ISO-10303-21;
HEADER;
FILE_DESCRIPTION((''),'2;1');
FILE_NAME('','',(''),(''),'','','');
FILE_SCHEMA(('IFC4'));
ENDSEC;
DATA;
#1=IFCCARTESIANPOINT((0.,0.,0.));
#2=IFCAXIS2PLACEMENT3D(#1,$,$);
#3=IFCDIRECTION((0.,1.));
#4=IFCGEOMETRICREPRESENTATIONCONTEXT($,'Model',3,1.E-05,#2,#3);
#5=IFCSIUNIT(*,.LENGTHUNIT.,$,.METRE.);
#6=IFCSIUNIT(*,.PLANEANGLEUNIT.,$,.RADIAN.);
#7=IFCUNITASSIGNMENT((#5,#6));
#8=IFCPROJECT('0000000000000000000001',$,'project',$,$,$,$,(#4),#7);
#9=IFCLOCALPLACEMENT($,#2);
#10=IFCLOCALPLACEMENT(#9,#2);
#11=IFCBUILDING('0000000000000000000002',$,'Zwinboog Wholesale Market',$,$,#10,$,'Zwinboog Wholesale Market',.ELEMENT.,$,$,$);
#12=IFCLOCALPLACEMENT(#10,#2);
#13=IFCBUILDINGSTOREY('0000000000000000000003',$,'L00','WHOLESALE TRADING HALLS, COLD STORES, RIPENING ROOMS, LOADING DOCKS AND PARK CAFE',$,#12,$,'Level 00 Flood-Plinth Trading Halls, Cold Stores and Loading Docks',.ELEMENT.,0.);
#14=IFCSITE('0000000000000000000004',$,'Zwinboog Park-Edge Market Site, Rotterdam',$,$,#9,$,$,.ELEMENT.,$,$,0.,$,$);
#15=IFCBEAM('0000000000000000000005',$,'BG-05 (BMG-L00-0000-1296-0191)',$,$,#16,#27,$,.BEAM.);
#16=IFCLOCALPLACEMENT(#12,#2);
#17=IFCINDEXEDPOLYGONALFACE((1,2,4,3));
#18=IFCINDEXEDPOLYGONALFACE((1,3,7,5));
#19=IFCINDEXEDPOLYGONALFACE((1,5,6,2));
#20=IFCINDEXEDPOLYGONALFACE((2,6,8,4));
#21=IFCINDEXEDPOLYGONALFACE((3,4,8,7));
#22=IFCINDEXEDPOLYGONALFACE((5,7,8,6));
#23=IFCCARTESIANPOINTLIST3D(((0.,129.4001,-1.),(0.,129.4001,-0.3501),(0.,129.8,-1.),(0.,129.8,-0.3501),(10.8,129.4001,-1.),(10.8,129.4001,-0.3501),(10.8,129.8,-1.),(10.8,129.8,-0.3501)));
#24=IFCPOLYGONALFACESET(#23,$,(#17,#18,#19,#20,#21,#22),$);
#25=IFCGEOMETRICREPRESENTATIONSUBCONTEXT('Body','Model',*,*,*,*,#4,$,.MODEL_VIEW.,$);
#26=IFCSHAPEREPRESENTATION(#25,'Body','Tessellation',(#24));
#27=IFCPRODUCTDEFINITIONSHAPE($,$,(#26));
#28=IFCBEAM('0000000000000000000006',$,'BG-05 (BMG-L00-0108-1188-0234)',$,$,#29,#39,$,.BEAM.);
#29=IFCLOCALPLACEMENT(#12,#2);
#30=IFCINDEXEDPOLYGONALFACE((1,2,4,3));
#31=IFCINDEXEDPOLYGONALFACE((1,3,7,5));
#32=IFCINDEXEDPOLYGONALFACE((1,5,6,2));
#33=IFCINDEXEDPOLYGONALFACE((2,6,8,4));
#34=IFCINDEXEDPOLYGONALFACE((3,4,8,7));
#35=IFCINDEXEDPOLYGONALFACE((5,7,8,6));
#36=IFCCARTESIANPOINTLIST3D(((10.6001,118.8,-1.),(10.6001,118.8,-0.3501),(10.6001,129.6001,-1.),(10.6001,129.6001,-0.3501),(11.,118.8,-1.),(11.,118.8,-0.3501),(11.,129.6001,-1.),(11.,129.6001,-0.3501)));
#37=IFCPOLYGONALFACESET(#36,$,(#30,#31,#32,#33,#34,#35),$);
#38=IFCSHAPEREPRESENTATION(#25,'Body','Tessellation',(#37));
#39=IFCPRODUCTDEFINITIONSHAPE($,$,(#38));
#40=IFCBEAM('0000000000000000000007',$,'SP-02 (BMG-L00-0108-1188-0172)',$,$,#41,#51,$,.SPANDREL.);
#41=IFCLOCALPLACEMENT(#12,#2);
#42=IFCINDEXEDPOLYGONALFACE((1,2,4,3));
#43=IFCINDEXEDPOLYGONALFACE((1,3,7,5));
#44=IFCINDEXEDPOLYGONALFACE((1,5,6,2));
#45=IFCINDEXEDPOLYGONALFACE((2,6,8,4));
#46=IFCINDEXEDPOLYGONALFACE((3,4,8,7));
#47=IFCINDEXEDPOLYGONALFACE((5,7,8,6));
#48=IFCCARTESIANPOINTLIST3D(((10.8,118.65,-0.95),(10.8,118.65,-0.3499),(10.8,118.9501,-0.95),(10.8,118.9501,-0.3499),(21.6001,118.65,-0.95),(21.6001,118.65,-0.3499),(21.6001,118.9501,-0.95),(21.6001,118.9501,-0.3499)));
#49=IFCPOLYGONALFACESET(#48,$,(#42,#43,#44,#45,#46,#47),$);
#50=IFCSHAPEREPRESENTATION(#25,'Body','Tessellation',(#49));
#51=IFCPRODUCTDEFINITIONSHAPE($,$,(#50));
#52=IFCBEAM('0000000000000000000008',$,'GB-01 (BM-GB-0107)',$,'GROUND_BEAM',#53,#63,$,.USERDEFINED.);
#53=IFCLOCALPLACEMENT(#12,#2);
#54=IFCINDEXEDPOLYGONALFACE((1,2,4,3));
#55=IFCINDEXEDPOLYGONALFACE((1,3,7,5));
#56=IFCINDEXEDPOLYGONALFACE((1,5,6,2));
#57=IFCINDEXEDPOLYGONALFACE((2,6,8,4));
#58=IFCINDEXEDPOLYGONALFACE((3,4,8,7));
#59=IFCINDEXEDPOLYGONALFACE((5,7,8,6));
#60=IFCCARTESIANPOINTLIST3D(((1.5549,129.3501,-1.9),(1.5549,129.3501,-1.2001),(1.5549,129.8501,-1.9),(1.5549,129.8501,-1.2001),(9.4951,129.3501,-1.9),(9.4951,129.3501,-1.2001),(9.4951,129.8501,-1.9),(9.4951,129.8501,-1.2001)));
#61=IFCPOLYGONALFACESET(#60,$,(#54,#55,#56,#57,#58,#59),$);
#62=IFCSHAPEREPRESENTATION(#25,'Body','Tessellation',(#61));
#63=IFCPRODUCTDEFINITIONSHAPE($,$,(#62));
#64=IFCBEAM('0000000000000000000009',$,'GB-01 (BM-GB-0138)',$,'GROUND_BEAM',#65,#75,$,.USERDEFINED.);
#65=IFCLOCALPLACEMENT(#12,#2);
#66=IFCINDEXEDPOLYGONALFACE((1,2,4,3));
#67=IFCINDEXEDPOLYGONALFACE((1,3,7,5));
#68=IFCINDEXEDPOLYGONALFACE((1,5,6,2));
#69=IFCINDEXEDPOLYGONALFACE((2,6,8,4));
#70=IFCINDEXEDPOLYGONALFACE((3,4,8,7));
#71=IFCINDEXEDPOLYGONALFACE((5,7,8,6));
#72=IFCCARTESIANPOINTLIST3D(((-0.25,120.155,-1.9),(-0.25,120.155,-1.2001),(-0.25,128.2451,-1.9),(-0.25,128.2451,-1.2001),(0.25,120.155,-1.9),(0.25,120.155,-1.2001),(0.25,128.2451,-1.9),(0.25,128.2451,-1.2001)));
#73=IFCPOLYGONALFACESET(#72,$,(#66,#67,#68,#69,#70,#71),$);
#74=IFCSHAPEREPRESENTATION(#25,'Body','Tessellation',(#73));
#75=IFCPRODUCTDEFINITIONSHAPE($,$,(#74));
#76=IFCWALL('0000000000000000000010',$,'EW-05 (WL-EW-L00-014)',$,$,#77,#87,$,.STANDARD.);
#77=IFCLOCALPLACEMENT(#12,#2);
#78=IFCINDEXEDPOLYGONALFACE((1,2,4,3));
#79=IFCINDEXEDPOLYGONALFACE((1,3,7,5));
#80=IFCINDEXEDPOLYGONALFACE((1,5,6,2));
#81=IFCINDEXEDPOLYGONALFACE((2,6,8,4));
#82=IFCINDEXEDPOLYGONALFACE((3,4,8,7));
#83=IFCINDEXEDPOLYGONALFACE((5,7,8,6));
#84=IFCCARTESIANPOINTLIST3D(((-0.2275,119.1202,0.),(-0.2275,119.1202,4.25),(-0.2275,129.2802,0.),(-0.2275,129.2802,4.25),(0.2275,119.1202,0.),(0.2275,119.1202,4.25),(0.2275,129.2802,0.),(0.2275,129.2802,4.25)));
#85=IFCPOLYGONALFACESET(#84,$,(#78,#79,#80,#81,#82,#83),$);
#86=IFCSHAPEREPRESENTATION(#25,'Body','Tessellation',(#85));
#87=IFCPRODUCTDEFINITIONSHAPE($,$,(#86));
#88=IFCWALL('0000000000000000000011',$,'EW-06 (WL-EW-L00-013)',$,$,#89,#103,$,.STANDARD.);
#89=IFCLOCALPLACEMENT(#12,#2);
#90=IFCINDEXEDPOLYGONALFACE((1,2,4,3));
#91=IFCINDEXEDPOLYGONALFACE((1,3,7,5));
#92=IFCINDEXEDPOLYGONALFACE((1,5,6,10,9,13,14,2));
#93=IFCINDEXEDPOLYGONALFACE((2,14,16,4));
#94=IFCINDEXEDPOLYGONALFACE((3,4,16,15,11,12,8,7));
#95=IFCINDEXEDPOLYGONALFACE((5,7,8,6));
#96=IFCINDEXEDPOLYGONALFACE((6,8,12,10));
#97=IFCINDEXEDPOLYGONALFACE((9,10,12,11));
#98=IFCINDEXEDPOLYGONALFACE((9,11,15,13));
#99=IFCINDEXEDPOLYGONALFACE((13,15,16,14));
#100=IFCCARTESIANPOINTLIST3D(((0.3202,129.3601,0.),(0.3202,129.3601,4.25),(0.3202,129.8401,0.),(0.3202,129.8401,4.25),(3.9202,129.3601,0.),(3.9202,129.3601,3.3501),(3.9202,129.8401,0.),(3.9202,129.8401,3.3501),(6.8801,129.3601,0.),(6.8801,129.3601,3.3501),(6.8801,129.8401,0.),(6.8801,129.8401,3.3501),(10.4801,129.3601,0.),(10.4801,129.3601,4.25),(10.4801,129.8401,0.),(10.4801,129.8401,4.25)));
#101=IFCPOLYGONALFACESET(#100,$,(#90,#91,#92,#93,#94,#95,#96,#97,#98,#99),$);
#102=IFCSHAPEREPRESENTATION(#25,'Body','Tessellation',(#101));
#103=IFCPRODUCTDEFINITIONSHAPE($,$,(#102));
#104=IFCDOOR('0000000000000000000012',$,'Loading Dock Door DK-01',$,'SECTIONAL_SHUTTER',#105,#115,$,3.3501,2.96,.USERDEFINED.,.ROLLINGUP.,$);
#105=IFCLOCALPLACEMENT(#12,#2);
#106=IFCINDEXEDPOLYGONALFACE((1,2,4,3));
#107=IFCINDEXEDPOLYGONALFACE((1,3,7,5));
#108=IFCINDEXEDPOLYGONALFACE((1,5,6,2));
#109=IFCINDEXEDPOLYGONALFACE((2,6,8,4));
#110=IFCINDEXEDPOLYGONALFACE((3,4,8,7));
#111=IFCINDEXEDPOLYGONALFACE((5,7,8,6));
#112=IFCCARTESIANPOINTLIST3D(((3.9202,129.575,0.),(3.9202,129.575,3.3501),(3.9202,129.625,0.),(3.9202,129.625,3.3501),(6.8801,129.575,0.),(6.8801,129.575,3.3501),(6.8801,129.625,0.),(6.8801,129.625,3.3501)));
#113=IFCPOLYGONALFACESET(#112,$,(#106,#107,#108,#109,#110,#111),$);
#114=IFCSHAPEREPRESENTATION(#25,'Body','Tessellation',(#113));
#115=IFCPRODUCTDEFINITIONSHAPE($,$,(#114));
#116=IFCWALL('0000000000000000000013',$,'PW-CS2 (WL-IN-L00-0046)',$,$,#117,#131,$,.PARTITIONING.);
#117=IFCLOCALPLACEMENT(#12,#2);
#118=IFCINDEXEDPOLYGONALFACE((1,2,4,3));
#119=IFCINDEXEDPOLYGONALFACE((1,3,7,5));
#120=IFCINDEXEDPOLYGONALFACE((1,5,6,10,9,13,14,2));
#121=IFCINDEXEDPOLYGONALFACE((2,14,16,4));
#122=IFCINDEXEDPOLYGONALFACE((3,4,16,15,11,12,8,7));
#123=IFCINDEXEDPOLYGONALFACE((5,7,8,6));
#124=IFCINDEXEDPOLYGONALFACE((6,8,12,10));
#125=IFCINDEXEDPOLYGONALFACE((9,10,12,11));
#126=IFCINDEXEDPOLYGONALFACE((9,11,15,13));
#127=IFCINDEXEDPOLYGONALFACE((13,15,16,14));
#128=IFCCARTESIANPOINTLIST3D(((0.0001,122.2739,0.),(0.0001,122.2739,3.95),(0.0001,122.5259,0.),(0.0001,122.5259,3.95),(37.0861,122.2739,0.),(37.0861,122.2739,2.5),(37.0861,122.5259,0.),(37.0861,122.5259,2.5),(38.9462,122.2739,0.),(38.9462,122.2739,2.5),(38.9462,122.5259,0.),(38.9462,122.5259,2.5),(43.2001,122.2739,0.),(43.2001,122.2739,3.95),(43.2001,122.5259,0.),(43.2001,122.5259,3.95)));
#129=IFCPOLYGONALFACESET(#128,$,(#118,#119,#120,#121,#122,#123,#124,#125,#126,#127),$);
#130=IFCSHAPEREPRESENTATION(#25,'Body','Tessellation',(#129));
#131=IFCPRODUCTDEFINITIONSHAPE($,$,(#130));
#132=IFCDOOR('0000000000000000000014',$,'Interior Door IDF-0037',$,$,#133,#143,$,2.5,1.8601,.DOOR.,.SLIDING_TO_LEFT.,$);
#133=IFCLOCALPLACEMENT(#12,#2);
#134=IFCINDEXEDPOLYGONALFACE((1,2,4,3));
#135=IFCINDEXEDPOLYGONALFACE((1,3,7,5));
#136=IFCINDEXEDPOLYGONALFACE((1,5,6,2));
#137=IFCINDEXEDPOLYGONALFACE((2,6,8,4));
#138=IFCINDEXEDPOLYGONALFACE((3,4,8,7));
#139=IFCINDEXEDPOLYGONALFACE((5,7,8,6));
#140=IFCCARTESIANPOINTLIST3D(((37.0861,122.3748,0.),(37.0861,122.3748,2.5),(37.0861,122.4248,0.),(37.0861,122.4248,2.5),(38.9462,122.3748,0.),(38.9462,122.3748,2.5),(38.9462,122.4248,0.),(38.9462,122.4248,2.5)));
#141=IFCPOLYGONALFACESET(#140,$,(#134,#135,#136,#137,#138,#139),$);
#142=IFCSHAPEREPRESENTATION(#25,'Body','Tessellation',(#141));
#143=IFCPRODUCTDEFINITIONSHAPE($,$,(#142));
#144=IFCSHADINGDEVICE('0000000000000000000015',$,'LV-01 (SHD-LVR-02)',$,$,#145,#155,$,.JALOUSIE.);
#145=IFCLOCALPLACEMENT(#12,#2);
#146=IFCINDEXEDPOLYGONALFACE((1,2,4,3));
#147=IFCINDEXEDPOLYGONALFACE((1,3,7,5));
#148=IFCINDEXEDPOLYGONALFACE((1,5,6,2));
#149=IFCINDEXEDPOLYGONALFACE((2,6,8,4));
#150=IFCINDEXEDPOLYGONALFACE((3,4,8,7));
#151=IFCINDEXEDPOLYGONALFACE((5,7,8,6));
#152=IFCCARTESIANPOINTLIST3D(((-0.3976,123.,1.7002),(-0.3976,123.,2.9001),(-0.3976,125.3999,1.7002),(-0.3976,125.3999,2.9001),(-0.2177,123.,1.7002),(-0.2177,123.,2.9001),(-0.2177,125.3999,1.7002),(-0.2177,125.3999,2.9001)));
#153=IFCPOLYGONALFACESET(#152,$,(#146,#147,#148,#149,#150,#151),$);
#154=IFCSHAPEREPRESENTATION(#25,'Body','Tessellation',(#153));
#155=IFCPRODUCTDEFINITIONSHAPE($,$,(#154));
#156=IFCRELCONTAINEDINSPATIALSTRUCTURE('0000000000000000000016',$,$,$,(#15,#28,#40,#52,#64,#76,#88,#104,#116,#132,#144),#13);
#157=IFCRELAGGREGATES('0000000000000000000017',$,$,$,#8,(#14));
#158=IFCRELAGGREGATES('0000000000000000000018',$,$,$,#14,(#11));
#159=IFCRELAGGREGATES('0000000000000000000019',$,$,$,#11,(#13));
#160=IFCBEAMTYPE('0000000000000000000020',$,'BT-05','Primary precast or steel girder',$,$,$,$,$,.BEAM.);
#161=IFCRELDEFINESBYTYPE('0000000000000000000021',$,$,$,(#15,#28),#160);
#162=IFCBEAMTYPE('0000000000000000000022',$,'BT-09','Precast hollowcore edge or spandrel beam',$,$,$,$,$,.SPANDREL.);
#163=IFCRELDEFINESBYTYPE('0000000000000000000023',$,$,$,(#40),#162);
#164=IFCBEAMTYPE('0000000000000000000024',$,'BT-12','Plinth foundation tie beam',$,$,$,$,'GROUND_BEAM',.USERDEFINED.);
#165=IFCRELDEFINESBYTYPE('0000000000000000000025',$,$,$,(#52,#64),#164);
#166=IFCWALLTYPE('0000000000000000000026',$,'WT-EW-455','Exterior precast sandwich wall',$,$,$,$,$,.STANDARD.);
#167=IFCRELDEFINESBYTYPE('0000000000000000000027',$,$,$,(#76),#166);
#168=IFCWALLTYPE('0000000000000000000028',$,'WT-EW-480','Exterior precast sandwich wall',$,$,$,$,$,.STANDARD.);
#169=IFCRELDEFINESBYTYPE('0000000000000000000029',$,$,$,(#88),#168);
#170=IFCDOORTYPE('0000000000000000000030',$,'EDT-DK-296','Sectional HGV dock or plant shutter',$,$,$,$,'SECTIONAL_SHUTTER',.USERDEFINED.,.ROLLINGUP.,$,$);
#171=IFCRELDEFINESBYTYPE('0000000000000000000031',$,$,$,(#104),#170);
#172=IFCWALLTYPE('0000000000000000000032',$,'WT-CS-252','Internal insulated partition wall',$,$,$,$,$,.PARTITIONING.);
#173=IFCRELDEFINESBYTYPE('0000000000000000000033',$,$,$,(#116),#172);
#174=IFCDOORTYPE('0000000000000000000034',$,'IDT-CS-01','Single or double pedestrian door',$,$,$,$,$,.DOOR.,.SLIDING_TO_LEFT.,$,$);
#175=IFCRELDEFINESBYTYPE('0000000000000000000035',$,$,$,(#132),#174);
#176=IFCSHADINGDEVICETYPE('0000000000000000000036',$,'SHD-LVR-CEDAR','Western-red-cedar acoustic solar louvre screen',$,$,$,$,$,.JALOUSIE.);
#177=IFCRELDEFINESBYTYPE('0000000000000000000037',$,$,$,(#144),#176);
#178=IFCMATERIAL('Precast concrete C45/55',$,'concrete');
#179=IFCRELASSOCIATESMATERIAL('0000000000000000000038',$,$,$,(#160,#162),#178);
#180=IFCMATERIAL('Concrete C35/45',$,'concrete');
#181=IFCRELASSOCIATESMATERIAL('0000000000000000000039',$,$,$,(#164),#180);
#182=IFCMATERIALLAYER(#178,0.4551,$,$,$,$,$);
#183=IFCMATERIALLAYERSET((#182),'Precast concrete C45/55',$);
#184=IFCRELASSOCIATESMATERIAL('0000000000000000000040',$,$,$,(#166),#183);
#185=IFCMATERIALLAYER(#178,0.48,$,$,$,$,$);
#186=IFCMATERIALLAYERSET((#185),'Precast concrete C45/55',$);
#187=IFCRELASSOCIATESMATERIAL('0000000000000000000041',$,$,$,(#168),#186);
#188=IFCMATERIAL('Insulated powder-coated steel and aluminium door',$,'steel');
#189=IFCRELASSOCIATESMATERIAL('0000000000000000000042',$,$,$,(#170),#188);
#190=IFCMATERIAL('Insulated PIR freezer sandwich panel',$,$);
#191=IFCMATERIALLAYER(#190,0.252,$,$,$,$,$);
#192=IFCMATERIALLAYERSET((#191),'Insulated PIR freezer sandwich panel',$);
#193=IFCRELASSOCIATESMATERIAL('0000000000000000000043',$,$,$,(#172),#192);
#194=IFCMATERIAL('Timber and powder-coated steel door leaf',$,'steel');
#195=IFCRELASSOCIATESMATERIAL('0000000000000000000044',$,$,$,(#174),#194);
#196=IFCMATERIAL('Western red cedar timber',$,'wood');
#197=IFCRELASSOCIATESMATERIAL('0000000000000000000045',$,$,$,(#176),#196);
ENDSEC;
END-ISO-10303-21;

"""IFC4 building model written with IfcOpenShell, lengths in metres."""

from ifc_helpers import new_model, si_unit, direction, frame, frame_2d, origin, origin_2d, place, context, subcontext, project, spatial, rectangle, extrude, material, layer, layer_set, material_profile, profile_set, type_object, element, fill, save


model = new_model("IFC4")

# Units and contexts
model_context = context("Model", 3, precision=1e-05, world=origin(), true_north=direction((0.0, 1.0)))
body_context = subcontext(model_context, "Body", "Model", "MODEL_VIEW")
ifc_project = project(units=[si_unit("LENGTHUNIT", "METRE"), si_unit("PLANEANGLEUNIT", "RADIAN")], contexts=[model_context])

# Site, building, storey
site_placement = place(None, origin())
site = spatial("IfcSite", under=ifc_project, at=site_placement, Name="Zwinboog Park-Edge Market Site, Rotterdam", CompositionType="ELEMENT", RefElevation=0.0)
building_placement = place(site_placement, origin())
building = spatial("IfcBuilding", under=site, at=building_placement, Name="Zwinboog Wholesale Market", LongName="Zwinboog Wholesale Market", CompositionType="ELEMENT")
storey_placement = place(building_placement, origin())
storey = spatial("IfcBuildingStorey", under=building, at=storey_placement, Name="L00", Description="WHOLESALE TRADING HALLS, COLD STORES, RIPENING ROOMS, LOADING DOCKS AND PARK CAFE", LongName="Level 00 Flood-Plinth Trading Halls, Cold Stores and Loading Docks", CompositionType="ELEMENT", Elevation=0.0)

# Shared definitions
ifc_material_1 = material(Name="Concrete C35/45", Category="concrete")

# Shared definitions
ifc_material_2 = material(Name="Precast concrete C45/55", Category="concrete")

# Beams
ifc_material_profile_1 = material_profile(ifc_material_2, rectangle(XDim=0.3999, YDim=0.6499, at=origin_2d()), Name="PC 400x650")
ifc_profile_set_1 = profile_set([ifc_material_profile_1], Name="Precast concrete C45/55")
beam_type_1 = type_object("IfcBeamType", Name="BT-05", Description="Primary precast or steel girder", PredefinedType="BEAM", material=ifc_profile_set_1)
for number, where, z_axis, x_axis, name in (
    (1, (0.0, 129.6001, -0.675), (1.0, 0.0, 0.0), (0.0, 1.0, 0.0), "BG-05 (BMG-L00-0000-1296-0191)"),
    (2, (10.8, 118.8, -0.675), (0.0, 1.0, 0.0), (-1.0, 0.0, 0.0), "BG-05 (BMG-L00-0108-1188-0234)"),
):
    element("IfcBeam", number, at=place(storey_placement, frame(where, z_axis=z_axis, x_axis=x_axis)), inside=storey, type_object=beam_type_1, Name=name, PredefinedType="BEAM", context=body_context, shape_type="SweptSolid", body=[
        extrude(rectangle(XDim=0.3999, YDim=0.6499, at=origin_2d()), origin(), (0.0, 0.0, 1.0), 10.8),
    ])
ifc_material_profile_2 = material_profile(ifc_material_2, rectangle(XDim=0.3, YDim=0.6001, at=origin_2d()), Name="PC 300x600")
ifc_profile_set_2 = profile_set([ifc_material_profile_2], Name="Precast concrete C45/55")
beam_type_2 = type_object("IfcBeamType", Name="BT-09", Description="Precast hollowcore edge or spandrel beam", PredefinedType="SPANDREL", material=ifc_profile_set_2)
beam_1_placement = place(storey_placement, frame((10.8, 118.8, -0.6499), z_axis=(1.0, 0.0, 0.0), x_axis=(0.0, 1.0, 0.0)))
element("IfcBeam", 3, at=beam_1_placement, inside=storey, type_object=beam_type_2, Name="SP-02 (BMG-L00-0108-1188-0172)", PredefinedType="SPANDREL", context=body_context, shape_type="SweptSolid", body=[
    extrude(rectangle(XDim=0.3, YDim=0.6001, at=origin_2d()), origin(), (0.0, 0.0, 1.0), 10.8),
])
ifc_material_profile_3 = material_profile(ifc_material_1, rectangle(XDim=0.5, YDim=0.7, at=origin_2d()), Name="RC 500x700")
ifc_profile_set_3 = profile_set([ifc_material_profile_3], Name="Concrete C35/45")
beam_type_3 = type_object("IfcBeamType", Name="BT-12", Description="Plinth foundation tie beam", ElementType="GROUND_BEAM", PredefinedType="USERDEFINED", material=ifc_profile_set_3)
beam_2_placement = place(storey_placement, frame((1.5549, 129.6001, -1.55), z_axis=(1.0, 0.0, 0.0), x_axis=(0.0, 1.0, 0.0)))
element("IfcBeam", 4, at=beam_2_placement, inside=storey, type_object=beam_type_3, Name="GB-01 (BM-GB-0107)", ObjectType="GROUND_BEAM", PredefinedType="USERDEFINED", context=body_context, shape_type="SweptSolid", body=[
    extrude(rectangle(XDim=0.5, YDim=0.7, at=origin_2d()), origin(), (0.0, 0.0, 1.0), 7.9402),
])
beam_3_placement = place(storey_placement, frame((0.0, 120.155, -1.55), z_axis=(0.0, 1.0, 0.0), x_axis=(-1.0, 0.0, 0.0)))
element("IfcBeam", 5, at=beam_3_placement, inside=storey, type_object=beam_type_3, Name="GB-01 (BM-GB-0138)", ObjectType="GROUND_BEAM", PredefinedType="USERDEFINED", context=body_context, shape_type="SweptSolid", body=[
    extrude(rectangle(XDim=0.5, YDim=0.7, at=origin_2d()), origin(), (0.0, 0.0, 1.0), 8.0901),
])

# Wall
ifc_layer_1 = layer(ifc_material_2, 0.4551)
ifc_layer_set_1 = layer_set([ifc_layer_1], Name="Precast concrete C45/55")
wall_type_1 = type_object("IfcWallType", Name="WT-EW-455", Description="Exterior precast sandwich wall", PredefinedType="STANDARD", material=ifc_layer_set_1)
wall_1_placement = place(storey_placement, frame((0.0, 119.1201, 0.0), z_axis=(0.0, 0.0, 1.0), x_axis=(0.0, 1.0, 0.0)))
element("IfcWall", 6, at=wall_1_placement, inside=storey, type_object=wall_type_1, Name="EW-05 (WL-EW-L00-014)", PredefinedType="STANDARD", context=body_context, shape_type="SweptSolid", body=[
    extrude(rectangle(XDim=10.1599, YDim=0.4551, at=frame_2d((5.0801, 0.0))), origin(), (0.0, 0.0, 1.0), 4.25),
])

# Walls, openings, doors
ifc_layer_2 = layer(ifc_material_2, 0.48)
ifc_layer_set_2 = layer_set([ifc_layer_2], Name="Precast concrete C45/55")
wall_type_2 = type_object("IfcWallType", Name="WT-EW-480", Description="Exterior precast sandwich wall", PredefinedType="STANDARD", material=ifc_layer_set_2)
wall_2_placement = place(storey_placement, frame((0.3201, 129.6001, 0.0), z_axis=(0.0, 0.0, 1.0), x_axis=(1.0, 0.0, 0.0)))
wall_2 = element("IfcWall", 7, at=wall_2_placement, inside=storey, type_object=wall_type_2, Name="EW-06 (WL-EW-L00-013)", PredefinedType="STANDARD", context=body_context, shape_type="SweptSolid", body=[
    extrude(rectangle(XDim=10.1599, YDim=0.48, at=frame_2d((5.0801, 0.0))), origin(), (0.0, 0.0, 1.0), 4.25),
])
opening_1_placement = place(wall_2_placement, frame((3.6001, 0.0, 0.0)))
opening_1 = element("IfcOpeningElement", 8, at=opening_1_placement, cuts=wall_2, PredefinedType="OPENING", context=body_context, shape_type="SweptSolid", body=[
    extrude(rectangle(XDim=2.96, YDim=3.3501, at=frame_2d((1.48, 1.675))), frame((0.0, 0.25, 0.0), z_axis=(0.0, -1.0, 0.0), x_axis=(1.0, 0.0, 0.0)), (0.0, 0.0, 1.0), 0.5),
])
ifc_material_3 = material(Name="Insulated powder-coated steel and aluminium door", Category="steel")
door_type_1 = type_object("IfcDoorType", Name="EDT-DK-296", Description="Sectional HGV dock or plant shutter", ElementType="SECTIONAL_SHUTTER", OperationType="ROLLINGUP", PredefinedType="USERDEFINED", material=ifc_material_3)
door_1_placement = place(opening_1_placement, origin())
door_1 = element("IfcDoor", 9, at=door_1_placement, inside=storey, type_object=door_type_1, Name="Loading Dock Door DK-01", ObjectType="SECTIONAL_SHUTTER", OperationType="ROLLINGUP", OverallHeight=3.3501, OverallWidth=2.96, PredefinedType="USERDEFINED", context=body_context, shape_type="SweptSolid", body=[
    extrude(rectangle(XDim=2.96, YDim=3.3501, at=frame_2d((1.48, 1.675))), frame((0.0, 0.0249, 0.0), z_axis=(0.0, -1.0, 0.0), x_axis=(1.0, 0.0, 0.0)), (0.0, 0.0, 1.0), 0.05),
])
fill(opening_1, door_1)
ifc_material_4 = material(Name="Insulated PIR freezer sandwich panel")
ifc_layer_3 = layer(ifc_material_4, 0.252)
ifc_layer_set_3 = layer_set([ifc_layer_3], Name="Insulated PIR freezer sandwich panel")
wall_type_3 = type_object("IfcWallType", Name="WT-CS-252", Description="Internal insulated partition wall", PredefinedType="PARTITIONING", material=ifc_layer_set_3)
wall_3_placement = place(storey_placement, frame((0.0, 122.3999, 0.0), z_axis=(0.0, 0.0, 1.0), x_axis=(1.0, 0.0, 0.0)))
wall_3 = element("IfcWall", 10, at=wall_3_placement, inside=storey, type_object=wall_type_3, Name="PW-CS2 (WL-IN-L00-0046)", PredefinedType="PARTITIONING", context=body_context, shape_type="SweptSolid", body=[
    extrude(rectangle(XDim=43.2, YDim=0.252, at=frame_2d((21.6001, 0.0))), origin(), (0.0, 0.0, 1.0), 3.95),
])
opening_2_placement = place(wall_3_placement, frame((37.0859, 0.0, 0.0)))
opening_2 = element("IfcOpeningElement", 11, at=opening_2_placement, cuts=wall_3, PredefinedType="OPENING", context=body_context, shape_type="SweptSolid", body=[
    extrude(rectangle(XDim=1.8601, YDim=2.5, at=frame_2d((0.9302, 1.25))), frame((0.0, 0.136, 0.0), z_axis=(0.0, -1.0, 0.0), x_axis=(1.0, 0.0, 0.0)), (0.0, 0.0, 1.0), 0.272),
])
ifc_material_5 = material(Name="Timber and powder-coated steel door leaf", Category="steel")
door_type_2 = type_object("IfcDoorType", Name="IDT-CS-01", Description="Single or double pedestrian door", OperationType="SLIDING_TO_LEFT", PredefinedType="DOOR", material=ifc_material_5)
door_2_placement = place(opening_2_placement, origin())
door_2 = element("IfcDoor", 12, at=door_2_placement, inside=storey, type_object=door_type_2, Name="Interior Door IDF-0037", OperationType="SLIDING_TO_LEFT", OverallHeight=2.5, OverallWidth=1.8601, PredefinedType="DOOR", context=body_context, shape_type="SweptSolid", body=[
    extrude(rectangle(XDim=1.8601, YDim=2.5, at=frame_2d((0.9302, 1.25))), frame((0.0, 0.0249, 0.0), z_axis=(0.0, -1.0, 0.0), x_axis=(1.0, 0.0, 0.0)), (0.0, 0.0, 1.0), 0.05),
])
fill(opening_2, door_2)

# Shading device
ifc_material_6 = material(Name="Western red cedar timber", Category="wood")
shading_device_type = type_object("IfcShadingDeviceType", Name="SHD-LVR-CEDAR", Description="Western-red-cedar acoustic solar louvre screen", PredefinedType="JALOUSIE", material=ifc_material_6)
shading_device_placement = place(storey_placement, frame((-0.3076, 124.2, 1.7002), z_axis=(0.0, 0.0, 1.0), x_axis=(0.0, 1.0, 0.0)))
element("IfcShadingDevice", 13, at=shading_device_placement, inside=storey, type_object=shading_device_type, Name="LV-01 (SHD-LVR-02)", PredefinedType="JALOUSIE", context=body_context, shape_type="SweptSolid", body=[
    extrude(rectangle(XDim=2.3999, YDim=0.1799, at=origin_2d()), origin(), (0.0, 0.0, 1.0), 1.2),
])

save(model, "model.ifc")
